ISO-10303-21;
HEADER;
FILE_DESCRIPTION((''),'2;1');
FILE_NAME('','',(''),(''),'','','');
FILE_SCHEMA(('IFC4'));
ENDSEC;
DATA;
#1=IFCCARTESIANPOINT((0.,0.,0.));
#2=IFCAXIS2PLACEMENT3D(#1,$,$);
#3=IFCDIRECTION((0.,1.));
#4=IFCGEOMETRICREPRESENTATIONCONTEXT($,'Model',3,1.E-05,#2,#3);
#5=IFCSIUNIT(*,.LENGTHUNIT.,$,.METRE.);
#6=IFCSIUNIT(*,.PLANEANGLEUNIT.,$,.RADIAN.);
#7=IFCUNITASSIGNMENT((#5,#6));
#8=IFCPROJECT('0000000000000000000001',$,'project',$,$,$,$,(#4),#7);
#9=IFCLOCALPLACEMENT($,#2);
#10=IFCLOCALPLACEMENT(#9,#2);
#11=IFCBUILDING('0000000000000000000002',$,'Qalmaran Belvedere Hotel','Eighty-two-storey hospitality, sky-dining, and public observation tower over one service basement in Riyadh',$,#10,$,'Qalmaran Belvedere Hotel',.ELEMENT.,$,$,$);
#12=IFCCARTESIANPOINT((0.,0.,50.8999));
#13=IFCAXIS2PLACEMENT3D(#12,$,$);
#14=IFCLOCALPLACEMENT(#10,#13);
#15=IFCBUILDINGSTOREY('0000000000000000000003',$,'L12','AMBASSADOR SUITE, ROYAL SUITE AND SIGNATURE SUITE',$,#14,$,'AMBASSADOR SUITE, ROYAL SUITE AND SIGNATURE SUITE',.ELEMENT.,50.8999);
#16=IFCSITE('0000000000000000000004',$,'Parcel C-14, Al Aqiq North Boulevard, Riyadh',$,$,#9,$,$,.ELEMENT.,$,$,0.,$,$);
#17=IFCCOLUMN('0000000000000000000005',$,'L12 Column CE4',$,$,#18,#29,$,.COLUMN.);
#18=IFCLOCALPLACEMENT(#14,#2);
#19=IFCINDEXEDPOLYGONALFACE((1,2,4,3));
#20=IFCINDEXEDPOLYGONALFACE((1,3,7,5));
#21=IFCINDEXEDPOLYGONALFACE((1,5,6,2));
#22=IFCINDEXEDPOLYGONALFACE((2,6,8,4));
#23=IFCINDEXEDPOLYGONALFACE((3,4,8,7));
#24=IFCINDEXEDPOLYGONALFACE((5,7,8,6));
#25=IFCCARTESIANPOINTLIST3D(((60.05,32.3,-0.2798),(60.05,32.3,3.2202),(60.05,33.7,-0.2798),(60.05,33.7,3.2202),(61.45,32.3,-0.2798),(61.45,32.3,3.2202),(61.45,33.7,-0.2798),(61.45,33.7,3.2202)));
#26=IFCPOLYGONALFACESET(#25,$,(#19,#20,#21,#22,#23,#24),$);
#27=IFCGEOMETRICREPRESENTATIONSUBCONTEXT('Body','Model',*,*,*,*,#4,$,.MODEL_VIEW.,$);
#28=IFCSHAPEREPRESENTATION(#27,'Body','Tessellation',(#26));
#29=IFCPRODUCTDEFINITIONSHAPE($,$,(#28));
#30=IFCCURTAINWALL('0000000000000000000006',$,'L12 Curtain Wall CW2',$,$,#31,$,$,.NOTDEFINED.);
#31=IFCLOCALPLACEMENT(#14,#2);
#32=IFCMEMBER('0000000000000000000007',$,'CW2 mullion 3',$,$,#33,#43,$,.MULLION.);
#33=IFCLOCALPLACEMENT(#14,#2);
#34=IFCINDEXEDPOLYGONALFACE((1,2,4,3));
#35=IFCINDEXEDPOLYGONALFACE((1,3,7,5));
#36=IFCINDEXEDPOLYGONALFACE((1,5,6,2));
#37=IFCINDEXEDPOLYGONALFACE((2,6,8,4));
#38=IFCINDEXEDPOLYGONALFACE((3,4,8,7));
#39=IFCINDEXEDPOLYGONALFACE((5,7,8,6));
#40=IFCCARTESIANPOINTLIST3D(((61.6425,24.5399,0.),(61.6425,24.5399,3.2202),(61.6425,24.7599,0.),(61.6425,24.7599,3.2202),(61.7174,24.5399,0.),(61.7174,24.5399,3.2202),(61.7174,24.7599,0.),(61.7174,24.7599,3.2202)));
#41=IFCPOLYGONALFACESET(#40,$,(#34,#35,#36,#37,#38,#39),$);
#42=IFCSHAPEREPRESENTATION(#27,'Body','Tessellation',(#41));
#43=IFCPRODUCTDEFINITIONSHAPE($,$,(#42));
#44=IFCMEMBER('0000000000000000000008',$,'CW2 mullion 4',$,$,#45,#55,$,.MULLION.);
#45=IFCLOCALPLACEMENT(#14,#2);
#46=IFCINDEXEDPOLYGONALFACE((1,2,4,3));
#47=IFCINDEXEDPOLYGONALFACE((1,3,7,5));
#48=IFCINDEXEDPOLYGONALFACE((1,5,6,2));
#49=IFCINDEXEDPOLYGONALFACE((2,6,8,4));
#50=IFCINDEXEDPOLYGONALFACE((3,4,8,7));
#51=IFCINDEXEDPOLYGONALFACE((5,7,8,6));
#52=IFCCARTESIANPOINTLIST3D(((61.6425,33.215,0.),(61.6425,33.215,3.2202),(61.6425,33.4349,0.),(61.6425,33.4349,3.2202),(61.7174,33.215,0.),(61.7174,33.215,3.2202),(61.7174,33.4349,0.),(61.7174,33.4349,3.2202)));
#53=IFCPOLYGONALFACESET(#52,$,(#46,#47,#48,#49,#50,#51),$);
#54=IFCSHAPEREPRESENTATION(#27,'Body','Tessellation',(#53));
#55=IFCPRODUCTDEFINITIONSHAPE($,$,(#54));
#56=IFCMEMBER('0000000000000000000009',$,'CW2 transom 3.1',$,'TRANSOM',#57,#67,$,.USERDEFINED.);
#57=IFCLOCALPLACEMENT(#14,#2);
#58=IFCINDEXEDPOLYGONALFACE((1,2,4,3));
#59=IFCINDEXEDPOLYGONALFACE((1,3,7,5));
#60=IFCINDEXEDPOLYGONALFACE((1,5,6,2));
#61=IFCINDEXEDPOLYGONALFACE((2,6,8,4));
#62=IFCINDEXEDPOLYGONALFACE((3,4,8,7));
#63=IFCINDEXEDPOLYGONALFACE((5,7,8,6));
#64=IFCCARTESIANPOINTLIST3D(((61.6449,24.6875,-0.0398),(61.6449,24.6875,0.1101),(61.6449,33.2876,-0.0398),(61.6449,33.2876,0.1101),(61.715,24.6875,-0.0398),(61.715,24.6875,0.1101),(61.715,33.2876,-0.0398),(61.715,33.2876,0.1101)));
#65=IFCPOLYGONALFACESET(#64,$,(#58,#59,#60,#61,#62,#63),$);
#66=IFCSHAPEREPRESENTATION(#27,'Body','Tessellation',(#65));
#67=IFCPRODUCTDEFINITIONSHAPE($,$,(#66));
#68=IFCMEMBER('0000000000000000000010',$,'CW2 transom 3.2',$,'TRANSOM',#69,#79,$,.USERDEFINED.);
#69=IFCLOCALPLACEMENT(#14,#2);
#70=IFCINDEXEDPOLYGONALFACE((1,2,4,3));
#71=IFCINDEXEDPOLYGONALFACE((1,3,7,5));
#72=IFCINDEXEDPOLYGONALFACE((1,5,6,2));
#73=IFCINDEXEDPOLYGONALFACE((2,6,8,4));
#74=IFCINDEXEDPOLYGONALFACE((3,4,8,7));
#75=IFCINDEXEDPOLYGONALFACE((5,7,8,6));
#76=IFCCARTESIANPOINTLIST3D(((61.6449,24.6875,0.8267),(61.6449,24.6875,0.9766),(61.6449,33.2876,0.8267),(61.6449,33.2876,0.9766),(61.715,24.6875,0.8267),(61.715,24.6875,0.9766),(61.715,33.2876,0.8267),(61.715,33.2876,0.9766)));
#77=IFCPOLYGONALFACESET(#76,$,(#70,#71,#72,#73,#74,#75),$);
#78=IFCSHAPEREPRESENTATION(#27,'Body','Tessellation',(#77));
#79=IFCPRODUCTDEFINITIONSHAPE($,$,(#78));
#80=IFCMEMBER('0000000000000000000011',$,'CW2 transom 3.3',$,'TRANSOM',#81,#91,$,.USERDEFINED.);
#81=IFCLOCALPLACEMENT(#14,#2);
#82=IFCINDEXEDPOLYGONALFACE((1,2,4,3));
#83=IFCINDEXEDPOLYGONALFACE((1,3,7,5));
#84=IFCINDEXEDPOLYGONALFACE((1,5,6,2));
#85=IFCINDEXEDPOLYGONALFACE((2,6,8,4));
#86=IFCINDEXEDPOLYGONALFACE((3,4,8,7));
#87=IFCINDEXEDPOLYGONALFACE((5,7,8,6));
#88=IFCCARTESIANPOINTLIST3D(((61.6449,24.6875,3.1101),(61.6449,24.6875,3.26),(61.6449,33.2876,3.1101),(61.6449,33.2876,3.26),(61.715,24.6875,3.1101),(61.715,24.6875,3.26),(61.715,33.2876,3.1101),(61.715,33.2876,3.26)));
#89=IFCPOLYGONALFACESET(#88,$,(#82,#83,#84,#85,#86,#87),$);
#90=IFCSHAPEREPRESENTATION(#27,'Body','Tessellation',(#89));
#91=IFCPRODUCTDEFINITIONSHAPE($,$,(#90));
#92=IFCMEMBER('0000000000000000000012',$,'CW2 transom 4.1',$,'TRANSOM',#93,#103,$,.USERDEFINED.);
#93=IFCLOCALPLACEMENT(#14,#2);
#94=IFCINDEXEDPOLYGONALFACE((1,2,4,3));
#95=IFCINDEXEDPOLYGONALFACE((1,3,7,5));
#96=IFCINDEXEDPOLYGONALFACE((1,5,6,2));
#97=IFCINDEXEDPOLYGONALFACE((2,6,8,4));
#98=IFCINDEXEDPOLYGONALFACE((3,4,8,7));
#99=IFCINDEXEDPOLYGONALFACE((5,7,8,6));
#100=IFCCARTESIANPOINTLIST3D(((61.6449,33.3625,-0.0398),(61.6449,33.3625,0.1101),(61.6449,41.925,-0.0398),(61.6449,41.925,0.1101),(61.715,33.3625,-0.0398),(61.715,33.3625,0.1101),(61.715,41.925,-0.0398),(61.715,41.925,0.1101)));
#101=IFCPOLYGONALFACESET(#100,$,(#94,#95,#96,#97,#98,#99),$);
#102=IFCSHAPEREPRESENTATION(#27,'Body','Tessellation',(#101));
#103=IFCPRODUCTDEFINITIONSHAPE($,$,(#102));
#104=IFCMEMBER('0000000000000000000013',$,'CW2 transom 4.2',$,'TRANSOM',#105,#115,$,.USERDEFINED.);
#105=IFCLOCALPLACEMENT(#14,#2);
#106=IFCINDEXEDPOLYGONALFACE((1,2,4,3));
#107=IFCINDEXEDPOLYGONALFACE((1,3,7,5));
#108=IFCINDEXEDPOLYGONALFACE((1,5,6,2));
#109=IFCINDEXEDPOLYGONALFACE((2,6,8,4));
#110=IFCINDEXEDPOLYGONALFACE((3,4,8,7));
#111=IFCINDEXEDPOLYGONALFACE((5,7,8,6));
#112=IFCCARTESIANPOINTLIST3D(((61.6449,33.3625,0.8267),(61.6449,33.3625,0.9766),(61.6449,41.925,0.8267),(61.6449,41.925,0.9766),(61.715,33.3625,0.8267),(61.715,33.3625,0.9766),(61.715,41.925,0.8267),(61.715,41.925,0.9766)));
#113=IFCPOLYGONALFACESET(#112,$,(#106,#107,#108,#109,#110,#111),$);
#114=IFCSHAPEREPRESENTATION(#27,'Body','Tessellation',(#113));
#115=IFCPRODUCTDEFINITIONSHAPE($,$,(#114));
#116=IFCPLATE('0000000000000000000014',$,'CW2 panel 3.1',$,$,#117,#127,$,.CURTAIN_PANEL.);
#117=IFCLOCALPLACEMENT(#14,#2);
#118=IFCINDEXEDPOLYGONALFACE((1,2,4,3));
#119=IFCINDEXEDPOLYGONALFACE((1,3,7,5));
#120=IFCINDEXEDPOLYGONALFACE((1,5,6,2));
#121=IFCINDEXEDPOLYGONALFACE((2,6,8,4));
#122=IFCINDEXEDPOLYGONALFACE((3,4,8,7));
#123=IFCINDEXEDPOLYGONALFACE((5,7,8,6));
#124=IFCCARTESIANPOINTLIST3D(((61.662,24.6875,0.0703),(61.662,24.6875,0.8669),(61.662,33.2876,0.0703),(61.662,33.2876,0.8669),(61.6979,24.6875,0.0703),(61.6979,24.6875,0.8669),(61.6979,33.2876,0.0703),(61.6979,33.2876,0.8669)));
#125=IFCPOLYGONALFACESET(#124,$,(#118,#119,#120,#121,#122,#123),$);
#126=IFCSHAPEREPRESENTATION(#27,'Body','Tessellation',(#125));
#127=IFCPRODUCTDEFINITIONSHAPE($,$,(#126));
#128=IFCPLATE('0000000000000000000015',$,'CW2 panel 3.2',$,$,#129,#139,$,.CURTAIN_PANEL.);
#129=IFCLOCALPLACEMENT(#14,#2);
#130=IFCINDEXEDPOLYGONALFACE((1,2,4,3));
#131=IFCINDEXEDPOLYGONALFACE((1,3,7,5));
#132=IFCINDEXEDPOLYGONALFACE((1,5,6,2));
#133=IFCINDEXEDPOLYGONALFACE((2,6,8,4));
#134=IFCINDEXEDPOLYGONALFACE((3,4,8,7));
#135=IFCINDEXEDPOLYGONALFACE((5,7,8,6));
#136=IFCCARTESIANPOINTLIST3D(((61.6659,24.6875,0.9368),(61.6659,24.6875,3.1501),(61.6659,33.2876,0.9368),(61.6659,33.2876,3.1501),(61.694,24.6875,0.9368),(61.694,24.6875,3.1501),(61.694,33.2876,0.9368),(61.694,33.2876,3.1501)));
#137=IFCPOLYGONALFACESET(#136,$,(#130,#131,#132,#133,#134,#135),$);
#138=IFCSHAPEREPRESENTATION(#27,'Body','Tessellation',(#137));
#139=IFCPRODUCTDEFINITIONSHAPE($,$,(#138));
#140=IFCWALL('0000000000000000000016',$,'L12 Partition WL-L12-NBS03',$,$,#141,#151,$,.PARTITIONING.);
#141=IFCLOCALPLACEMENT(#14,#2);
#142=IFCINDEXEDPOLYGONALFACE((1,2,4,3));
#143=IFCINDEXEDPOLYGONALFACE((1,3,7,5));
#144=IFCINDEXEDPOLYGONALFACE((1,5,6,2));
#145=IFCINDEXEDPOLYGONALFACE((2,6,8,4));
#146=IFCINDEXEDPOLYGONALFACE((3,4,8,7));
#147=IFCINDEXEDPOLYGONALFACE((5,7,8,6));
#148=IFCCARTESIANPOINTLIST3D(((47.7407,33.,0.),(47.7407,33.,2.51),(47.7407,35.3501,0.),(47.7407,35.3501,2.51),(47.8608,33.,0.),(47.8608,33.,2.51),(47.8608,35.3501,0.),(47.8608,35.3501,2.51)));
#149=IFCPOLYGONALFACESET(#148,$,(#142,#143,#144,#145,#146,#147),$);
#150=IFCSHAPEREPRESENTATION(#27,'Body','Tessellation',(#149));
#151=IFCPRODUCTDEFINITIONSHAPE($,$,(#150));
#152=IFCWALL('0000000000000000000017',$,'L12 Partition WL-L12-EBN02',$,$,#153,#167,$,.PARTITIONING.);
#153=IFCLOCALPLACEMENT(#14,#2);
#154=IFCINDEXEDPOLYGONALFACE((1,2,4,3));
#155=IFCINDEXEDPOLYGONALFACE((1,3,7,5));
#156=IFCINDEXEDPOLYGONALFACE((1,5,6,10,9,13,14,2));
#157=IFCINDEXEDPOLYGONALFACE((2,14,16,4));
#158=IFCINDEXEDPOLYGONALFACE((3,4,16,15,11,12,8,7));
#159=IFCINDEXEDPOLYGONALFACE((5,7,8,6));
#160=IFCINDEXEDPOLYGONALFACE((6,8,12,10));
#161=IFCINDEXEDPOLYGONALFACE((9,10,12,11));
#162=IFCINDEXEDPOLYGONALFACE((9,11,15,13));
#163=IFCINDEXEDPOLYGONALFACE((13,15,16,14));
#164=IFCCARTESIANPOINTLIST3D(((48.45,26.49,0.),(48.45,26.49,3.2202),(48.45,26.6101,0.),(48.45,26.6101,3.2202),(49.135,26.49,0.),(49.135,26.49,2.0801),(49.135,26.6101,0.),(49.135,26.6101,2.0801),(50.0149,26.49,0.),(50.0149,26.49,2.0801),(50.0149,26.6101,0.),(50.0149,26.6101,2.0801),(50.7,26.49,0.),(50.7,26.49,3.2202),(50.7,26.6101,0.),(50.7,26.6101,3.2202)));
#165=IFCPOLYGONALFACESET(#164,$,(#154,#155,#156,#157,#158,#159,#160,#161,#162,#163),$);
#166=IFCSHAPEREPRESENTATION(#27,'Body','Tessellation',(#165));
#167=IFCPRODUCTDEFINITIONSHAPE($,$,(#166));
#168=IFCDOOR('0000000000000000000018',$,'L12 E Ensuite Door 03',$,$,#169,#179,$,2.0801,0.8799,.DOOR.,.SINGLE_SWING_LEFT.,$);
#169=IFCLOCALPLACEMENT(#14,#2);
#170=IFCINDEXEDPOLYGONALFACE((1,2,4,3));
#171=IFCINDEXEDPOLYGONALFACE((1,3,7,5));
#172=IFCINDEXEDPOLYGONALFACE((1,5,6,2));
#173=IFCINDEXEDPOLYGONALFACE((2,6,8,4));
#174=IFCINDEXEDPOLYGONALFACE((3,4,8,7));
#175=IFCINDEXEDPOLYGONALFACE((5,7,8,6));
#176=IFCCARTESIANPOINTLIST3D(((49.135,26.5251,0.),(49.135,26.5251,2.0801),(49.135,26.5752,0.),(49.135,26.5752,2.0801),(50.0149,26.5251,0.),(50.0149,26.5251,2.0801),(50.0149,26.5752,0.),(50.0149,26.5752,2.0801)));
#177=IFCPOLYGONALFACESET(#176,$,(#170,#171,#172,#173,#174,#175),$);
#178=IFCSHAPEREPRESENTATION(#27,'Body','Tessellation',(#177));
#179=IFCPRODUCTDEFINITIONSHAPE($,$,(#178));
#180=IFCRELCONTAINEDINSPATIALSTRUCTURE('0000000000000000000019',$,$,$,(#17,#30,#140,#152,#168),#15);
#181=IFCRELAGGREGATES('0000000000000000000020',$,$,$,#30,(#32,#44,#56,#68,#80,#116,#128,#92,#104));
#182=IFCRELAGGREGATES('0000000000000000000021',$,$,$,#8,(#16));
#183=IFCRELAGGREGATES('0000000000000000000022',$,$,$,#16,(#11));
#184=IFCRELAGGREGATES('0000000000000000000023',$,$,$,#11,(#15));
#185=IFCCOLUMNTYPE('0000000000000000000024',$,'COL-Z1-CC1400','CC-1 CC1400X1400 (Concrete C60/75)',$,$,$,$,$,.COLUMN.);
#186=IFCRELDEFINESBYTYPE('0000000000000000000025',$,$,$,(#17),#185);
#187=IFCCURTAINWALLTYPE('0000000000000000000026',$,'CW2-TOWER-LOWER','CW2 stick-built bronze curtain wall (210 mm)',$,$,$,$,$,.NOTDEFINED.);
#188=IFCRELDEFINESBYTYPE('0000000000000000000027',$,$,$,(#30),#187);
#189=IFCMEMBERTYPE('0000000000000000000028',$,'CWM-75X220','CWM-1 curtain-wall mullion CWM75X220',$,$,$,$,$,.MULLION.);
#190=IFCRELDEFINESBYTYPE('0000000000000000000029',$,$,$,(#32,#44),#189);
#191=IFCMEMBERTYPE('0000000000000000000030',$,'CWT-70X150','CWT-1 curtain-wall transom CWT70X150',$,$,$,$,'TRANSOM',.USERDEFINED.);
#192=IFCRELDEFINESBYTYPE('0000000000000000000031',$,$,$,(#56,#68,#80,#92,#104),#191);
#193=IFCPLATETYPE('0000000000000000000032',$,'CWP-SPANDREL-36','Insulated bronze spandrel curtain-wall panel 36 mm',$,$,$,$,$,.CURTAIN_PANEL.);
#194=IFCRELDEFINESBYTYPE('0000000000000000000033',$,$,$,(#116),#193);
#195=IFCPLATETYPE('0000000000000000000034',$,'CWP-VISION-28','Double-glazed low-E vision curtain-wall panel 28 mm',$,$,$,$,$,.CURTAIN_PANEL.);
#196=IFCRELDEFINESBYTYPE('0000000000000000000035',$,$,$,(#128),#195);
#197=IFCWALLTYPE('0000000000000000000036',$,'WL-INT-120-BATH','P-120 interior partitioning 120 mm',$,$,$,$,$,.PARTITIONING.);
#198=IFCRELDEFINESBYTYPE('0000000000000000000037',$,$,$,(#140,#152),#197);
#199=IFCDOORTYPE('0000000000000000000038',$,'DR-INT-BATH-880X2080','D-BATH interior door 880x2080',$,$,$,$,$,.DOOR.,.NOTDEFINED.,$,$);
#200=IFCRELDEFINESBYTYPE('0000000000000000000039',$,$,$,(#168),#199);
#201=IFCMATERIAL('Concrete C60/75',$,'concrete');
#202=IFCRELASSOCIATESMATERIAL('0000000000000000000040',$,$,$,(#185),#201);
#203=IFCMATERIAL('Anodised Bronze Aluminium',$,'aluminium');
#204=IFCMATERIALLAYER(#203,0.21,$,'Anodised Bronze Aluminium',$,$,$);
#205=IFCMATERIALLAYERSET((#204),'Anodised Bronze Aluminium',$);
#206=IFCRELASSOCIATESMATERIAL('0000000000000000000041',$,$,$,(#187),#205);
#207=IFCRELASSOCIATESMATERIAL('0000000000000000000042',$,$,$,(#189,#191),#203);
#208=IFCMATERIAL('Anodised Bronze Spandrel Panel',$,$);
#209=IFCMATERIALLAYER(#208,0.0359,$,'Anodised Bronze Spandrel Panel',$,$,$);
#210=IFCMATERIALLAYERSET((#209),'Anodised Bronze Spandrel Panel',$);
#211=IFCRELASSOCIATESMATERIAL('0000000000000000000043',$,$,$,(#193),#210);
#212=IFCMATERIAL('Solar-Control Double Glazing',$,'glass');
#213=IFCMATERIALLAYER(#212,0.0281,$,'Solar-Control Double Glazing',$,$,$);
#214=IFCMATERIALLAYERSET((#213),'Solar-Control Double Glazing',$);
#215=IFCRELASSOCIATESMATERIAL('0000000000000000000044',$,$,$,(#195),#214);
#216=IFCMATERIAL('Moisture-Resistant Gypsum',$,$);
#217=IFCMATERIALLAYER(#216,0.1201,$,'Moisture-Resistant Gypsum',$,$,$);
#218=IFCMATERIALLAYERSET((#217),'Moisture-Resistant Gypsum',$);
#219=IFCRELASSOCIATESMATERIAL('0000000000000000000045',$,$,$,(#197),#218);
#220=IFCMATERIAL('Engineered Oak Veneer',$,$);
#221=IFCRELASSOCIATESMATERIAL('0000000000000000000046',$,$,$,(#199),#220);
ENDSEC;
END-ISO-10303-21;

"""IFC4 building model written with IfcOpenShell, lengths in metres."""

from ifc_helpers import new_model, si_unit, direction, frame, frame_2d, origin, origin_2d, place, context, subcontext, project, spatial, rectangle, extrude, material, layer, layer_set, material_profile, profile_set, type_object, element, fill, aggregate, save


model = new_model("IFC4")

# Units and contexts
model_context = context("Model", 3, precision=1e-05, world=origin(), true_north=direction((0.0, 1.0)))
body_context = subcontext(model_context, "Body", "Model", "MODEL_VIEW")
ifc_project = project(units=[si_unit("LENGTHUNIT", "METRE"), si_unit("PLANEANGLEUNIT", "RADIAN")], contexts=[model_context])

# Site, building, storey
site_placement = place(None, origin())
site = spatial("IfcSite", under=ifc_project, at=site_placement, Name="Parcel C-14, Al Aqiq North Boulevard, Riyadh", CompositionType="ELEMENT", RefElevation=0.0)
building_placement = place(site_placement, origin())
building = spatial("IfcBuilding", under=site, at=building_placement, Name="Qalmaran Belvedere Hotel", Description="Eighty-two-storey hospitality, sky-dining, and public observation tower over one service basement in Riyadh", LongName="Qalmaran Belvedere Hotel", CompositionType="ELEMENT")
storey_placement = place(building_placement, frame((0.0, 0.0, 50.8999)))
storey = spatial("IfcBuildingStorey", under=building, at=storey_placement, Name="L12", Description="AMBASSADOR SUITE, ROYAL SUITE AND SIGNATURE SUITE", LongName="AMBASSADOR SUITE, ROYAL SUITE AND SIGNATURE SUITE", CompositionType="ELEMENT", Elevation=50.8999)

# Column
ifc_material_1 = material(Name="Concrete C60/75", Category="concrete")
ifc_material_profile_1 = material_profile(ifc_material_1, rectangle(XDim=1.3999, YDim=1.3999, at=origin_2d()), Name="CC1400X1400")
ifc_profile_set_1 = profile_set([ifc_material_profile_1], Name="Concrete C60/75")
column_type = type_object("IfcColumnType", Name="COL-Z1-CC1400", Description="CC-1 CC1400X1400 (Concrete C60/75)", PredefinedType="COLUMN", material=ifc_profile_set_1)
column_placement = place(storey_placement, frame((60.75, 33.0, -0.2798), z_axis=(0.0, 0.0, 1.0), x_axis=(1.0, 0.0, 0.0)))
element("IfcColumn", 1, at=column_placement, inside=storey, type_object=column_type, Name="L12 Column CE4", PredefinedType="COLUMN", context=body_context, shape_type="SweptSolid", body=[
    extrude(rectangle(XDim=1.3999, YDim=1.3999, at=origin_2d()), origin(), (0.0, 0.0, 1.0), 3.5),
])

# Curtain wall, members, plates
ifc_material_2 = material(Name="Anodised Bronze Aluminium", Category="aluminium")
ifc_layer_1 = layer(ifc_material_2, 0.21, Name="Anodised Bronze Aluminium")
ifc_layer_set_1 = layer_set([ifc_layer_1], Name="Anodised Bronze Aluminium")
curtain_wall_type = type_object("IfcCurtainWallType", Name="CW2-TOWER-LOWER", Description="CW2 stick-built bronze curtain wall (210 mm)", PredefinedType="NOTDEFINED", material=ifc_layer_set_1)
curtain_wall_placement = place(storey_placement, origin())
curtain_wall = element("IfcCurtainWall", 2, at=curtain_wall_placement, inside=storey, type_object=curtain_wall_type, Name="L12 Curtain Wall CW2", PredefinedType="NOTDEFINED")
ifc_material_profile_2 = material_profile(ifc_material_2, rectangle(XDim=0.075, YDim=0.22, at=origin_2d()), Name="CWM75X220")
ifc_profile_set_2 = profile_set([ifc_material_profile_2], Name="Anodised Bronze Aluminium")
member_type_1 = type_object("IfcMemberType", Name="CWM-75X220", Description="CWM-1 curtain-wall mullion CWM75X220", PredefinedType="MULLION", material=ifc_profile_set_2)
member_1_placement = place(storey_placement, frame((61.6799, 24.6499, 0.0), z_axis=(0.0, 0.0, 1.0), x_axis=(-1.0, 0.0, 0.0)))
member_1 = element("IfcMember", 3, at=member_1_placement, type_object=member_type_1, Name="CW2 mullion 3", PredefinedType="MULLION", context=body_context, shape_type="SweptSolid", body=[
    extrude(rectangle(XDim=0.075, YDim=0.22, at=origin_2d()), origin(), (0.0, 0.0, 1.0), 3.2202),
])
member_2_placement = place(storey_placement, frame((61.6799, 33.325, 0.0), z_axis=(0.0, 0.0, 1.0), x_axis=(-1.0, 0.0, 0.0)))
member_2 = element("IfcMember", 4, at=member_2_placement, type_object=member_type_1, Name="CW2 mullion 4", PredefinedType="MULLION", context=body_context, shape_type="SweptSolid", body=[
    extrude(rectangle(XDim=0.075, YDim=0.22, at=origin_2d()), origin(), (0.0, 0.0, 1.0), 3.2202),
])
ifc_material_profile_3 = material_profile(ifc_material_2, rectangle(XDim=0.0701, YDim=0.1499, at=origin_2d()), Name="CWT70X150")
ifc_profile_set_3 = profile_set([ifc_material_profile_3], Name="Anodised Bronze Aluminium")
member_type_2 = type_object("IfcMemberType", Name="CWT-70X150", Description="CWT-1 curtain-wall transom CWT70X150", ElementType="TRANSOM", PredefinedType="USERDEFINED", material=ifc_profile_set_3)
member_3_placement = place(storey_placement, frame((61.6799, 24.6875, 0.0352), z_axis=(0.0, 1.0, 0.0), x_axis=(-1.0, 0.0, 0.0)))
member_3 = element("IfcMember", 5, at=member_3_placement, type_object=member_type_2, Name="CW2 transom 3.1", ObjectType="TRANSOM", PredefinedType="USERDEFINED", context=body_context, shape_type="SweptSolid", body=[
    extrude(rectangle(XDim=0.0701, YDim=0.1499, at=origin_2d()), origin(), (0.0, 0.0, 1.0), 8.6001),
])
member_4_placement = place(storey_placement, frame((61.6799, 24.6875, 0.9016), z_axis=(0.0, 1.0, 0.0), x_axis=(-1.0, 0.0, 0.0)))
member_4 = element("IfcMember", 6, at=member_4_placement, type_object=member_type_2, Name="CW2 transom 3.2", ObjectType="TRANSOM", PredefinedType="USERDEFINED", context=body_context, shape_type="SweptSolid", body=[
    extrude(rectangle(XDim=0.0701, YDim=0.1499, at=origin_2d()), origin(), (0.0, 0.0, 1.0), 8.6001),
])
member_5_placement = place(storey_placement, frame((61.6799, 24.6875, 3.1851), z_axis=(0.0, 1.0, 0.0), x_axis=(-1.0, 0.0, 0.0)))
member_5 = element("IfcMember", 7, at=member_5_placement, type_object=member_type_2, Name="CW2 transom 3.3", ObjectType="TRANSOM", PredefinedType="USERDEFINED", context=body_context, shape_type="SweptSolid", body=[
    extrude(rectangle(XDim=0.0701, YDim=0.1499, at=origin_2d()), origin(), (0.0, 0.0, 1.0), 8.6001),
])
member_6_placement = place(storey_placement, frame((61.6799, 33.3625, 0.0352), z_axis=(0.0, 1.0, 0.0), x_axis=(-1.0, 0.0, 0.0)))
member_6 = element("IfcMember", 8, at=member_6_placement, type_object=member_type_2, Name="CW2 transom 4.1", ObjectType="TRANSOM", PredefinedType="USERDEFINED", context=body_context, shape_type="SweptSolid", body=[
    extrude(rectangle(XDim=0.0701, YDim=0.1499, at=origin_2d()), origin(), (0.0, 0.0, 1.0), 8.5625),
])
member_7_placement = place(storey_placement, frame((61.6799, 33.3625, 0.9016), z_axis=(0.0, 1.0, 0.0), x_axis=(-1.0, 0.0, 0.0)))
member_7 = element("IfcMember", 9, at=member_7_placement, type_object=member_type_2, Name="CW2 transom 4.2", ObjectType="TRANSOM", PredefinedType="USERDEFINED", context=body_context, shape_type="SweptSolid", body=[
    extrude(rectangle(XDim=0.0701, YDim=0.1499, at=origin_2d()), origin(), (0.0, 0.0, 1.0), 8.5625),
])
ifc_material_3 = material(Name="Anodised Bronze Spandrel Panel")
ifc_layer_2 = layer(ifc_material_3, 0.0359, Name="Anodised Bronze Spandrel Panel")
ifc_layer_set_2 = layer_set([ifc_layer_2], Name="Anodised Bronze Spandrel Panel")
plate_type_1 = type_object("IfcPlateType", Name="CWP-SPANDREL-36", Description="Insulated bronze spandrel curtain-wall panel 36 mm", PredefinedType="CURTAIN_PANEL", material=ifc_layer_set_2)
plate_1_placement = place(storey_placement, frame((61.6799, 28.9875, 0.0703), z_axis=(0.0, 0.0, 1.0), x_axis=(0.0, 1.0, 0.0)))
plate_1 = element("IfcPlate", 10, at=plate_1_placement, type_object=plate_type_1, Name="CW2 panel 3.1", PredefinedType="CURTAIN_PANEL", context=body_context, shape_type="SweptSolid", body=[
    extrude(rectangle(XDim=8.6001, YDim=0.0359, at=origin_2d()), origin(), (0.0, 0.0, 1.0), 0.7966),
])
ifc_material_4 = material(Name="Solar-Control Double Glazing", Category="glass")
ifc_layer_3 = layer(ifc_material_4, 0.0281, Name="Solar-Control Double Glazing")
ifc_layer_set_3 = layer_set([ifc_layer_3], Name="Solar-Control Double Glazing")
plate_type_2 = type_object("IfcPlateType", Name="CWP-VISION-28", Description="Double-glazed low-E vision curtain-wall panel 28 mm", PredefinedType="CURTAIN_PANEL", material=ifc_layer_set_3)
plate_2_placement = place(storey_placement, frame((61.6799, 28.9875, 0.9368), z_axis=(0.0, 0.0, 1.0), x_axis=(0.0, 1.0, 0.0)))
plate_2 = element("IfcPlate", 11, at=plate_2_placement, type_object=plate_type_2, Name="CW2 panel 3.2", PredefinedType="CURTAIN_PANEL", context=body_context, shape_type="SweptSolid", body=[
    extrude(rectangle(XDim=8.6001, YDim=0.0281, at=origin_2d()), origin(), (0.0, 0.0, 1.0), 2.2134),
])
aggregate(curtain_wall, [member_1, member_2, member_3, member_4, member_5, plate_1, plate_2, member_6, member_7])

# Wall
ifc_material_5 = material(Name="Moisture-Resistant Gypsum")
ifc_layer_4 = layer(ifc_material_5, 0.1201, Name="Moisture-Resistant Gypsum")
ifc_layer_set_4 = layer_set([ifc_layer_4], Name="Moisture-Resistant Gypsum")
wall_type_1 = type_object("IfcWallType", Name="WL-INT-120-BATH", Description="P-120 interior partitioning 120 mm", PredefinedType="PARTITIONING", material=ifc_layer_set_4)
wall_1_placement = place(storey_placement, frame((47.8008, 33.0, 0.0), z_axis=(0.0, 0.0, 1.0), x_axis=(0.0, 1.0, 0.0)))
element("IfcWall", 12, at=wall_1_placement, inside=storey, type_object=wall_type_1, Name="L12 Partition WL-L12-NBS03", PredefinedType="PARTITIONING", context=body_context, shape_type="SweptSolid", body=[
    extrude(rectangle(XDim=2.3501, YDim=0.1201, at=frame_2d((1.175, 0.0))), origin(), (0.0, 0.0, 1.0), 2.51),
])

# Wall, opening, door
wall_2_placement = place(storey_placement, frame((48.45, 26.55, 0.0), z_axis=(0.0, 0.0, 1.0), x_axis=(1.0, 0.0, 0.0)))
wall_2 = element("IfcWall", 13, at=wall_2_placement, inside=storey, type_object=wall_type_1, Name="L12 Partition WL-L12-EBN02", PredefinedType="PARTITIONING", context=body_context, shape_type="SweptSolid", body=[
    extrude(rectangle(XDim=2.25, YDim=0.1201, at=frame_2d((1.125, 0.0))), origin(), (0.0, 0.0, 1.0), 3.2202),
])
opening_1_placement = place(wall_2_placement, frame((1.5649, 0.0, 0.0), z_axis=(0.0, 0.0, 1.0), x_axis=(-1.0, 0.0, 0.0)))
opening_1 = element("IfcOpeningElement", 14, at=opening_1_placement, cuts=wall_2, PredefinedType="OPENING", context=body_context, shape_type="SweptSolid", body=[
    extrude(rectangle(XDim=0.8799, YDim=2.0801, at=frame_2d((0.4399, 1.04))), frame((0.0, 0.0701, 0.0), z_axis=(0.0, -1.0, 0.0), x_axis=(1.0, 0.0, 0.0)), (0.0, 0.0, 1.0), 0.1401),
])
ifc_material_6 = material(Name="Engineered Oak Veneer")
door_type_1 = type_object("IfcDoorType", Name="DR-INT-BATH-880X2080", Description="D-BATH interior door 880x2080", OperationType="NOTDEFINED", PredefinedType="DOOR", material=ifc_material_6)
door_1_placement = place(opening_1_placement, origin())
door_1 = element("IfcDoor", 15, at=door_1_placement, inside=storey, type_object=door_type_1, Name="L12 E Ensuite Door 03", OperationType="SINGLE_SWING_LEFT", OverallHeight=2.0801, OverallWidth=0.8799, PredefinedType="DOOR", context=body_context, shape_type="SweptSolid", body=[
    extrude(rectangle(XDim=0.8799, YDim=2.0801, at=frame_2d((0.4399, 1.04))), frame((0.0, 0.0249, 0.0), z_axis=(0.0, -1.0, 0.0), x_axis=(1.0, 0.0, 0.0)), (0.0, 0.0, 1.0), 0.05),
])
fill(opening_1, door_1)

save(model, "model.ifc")
